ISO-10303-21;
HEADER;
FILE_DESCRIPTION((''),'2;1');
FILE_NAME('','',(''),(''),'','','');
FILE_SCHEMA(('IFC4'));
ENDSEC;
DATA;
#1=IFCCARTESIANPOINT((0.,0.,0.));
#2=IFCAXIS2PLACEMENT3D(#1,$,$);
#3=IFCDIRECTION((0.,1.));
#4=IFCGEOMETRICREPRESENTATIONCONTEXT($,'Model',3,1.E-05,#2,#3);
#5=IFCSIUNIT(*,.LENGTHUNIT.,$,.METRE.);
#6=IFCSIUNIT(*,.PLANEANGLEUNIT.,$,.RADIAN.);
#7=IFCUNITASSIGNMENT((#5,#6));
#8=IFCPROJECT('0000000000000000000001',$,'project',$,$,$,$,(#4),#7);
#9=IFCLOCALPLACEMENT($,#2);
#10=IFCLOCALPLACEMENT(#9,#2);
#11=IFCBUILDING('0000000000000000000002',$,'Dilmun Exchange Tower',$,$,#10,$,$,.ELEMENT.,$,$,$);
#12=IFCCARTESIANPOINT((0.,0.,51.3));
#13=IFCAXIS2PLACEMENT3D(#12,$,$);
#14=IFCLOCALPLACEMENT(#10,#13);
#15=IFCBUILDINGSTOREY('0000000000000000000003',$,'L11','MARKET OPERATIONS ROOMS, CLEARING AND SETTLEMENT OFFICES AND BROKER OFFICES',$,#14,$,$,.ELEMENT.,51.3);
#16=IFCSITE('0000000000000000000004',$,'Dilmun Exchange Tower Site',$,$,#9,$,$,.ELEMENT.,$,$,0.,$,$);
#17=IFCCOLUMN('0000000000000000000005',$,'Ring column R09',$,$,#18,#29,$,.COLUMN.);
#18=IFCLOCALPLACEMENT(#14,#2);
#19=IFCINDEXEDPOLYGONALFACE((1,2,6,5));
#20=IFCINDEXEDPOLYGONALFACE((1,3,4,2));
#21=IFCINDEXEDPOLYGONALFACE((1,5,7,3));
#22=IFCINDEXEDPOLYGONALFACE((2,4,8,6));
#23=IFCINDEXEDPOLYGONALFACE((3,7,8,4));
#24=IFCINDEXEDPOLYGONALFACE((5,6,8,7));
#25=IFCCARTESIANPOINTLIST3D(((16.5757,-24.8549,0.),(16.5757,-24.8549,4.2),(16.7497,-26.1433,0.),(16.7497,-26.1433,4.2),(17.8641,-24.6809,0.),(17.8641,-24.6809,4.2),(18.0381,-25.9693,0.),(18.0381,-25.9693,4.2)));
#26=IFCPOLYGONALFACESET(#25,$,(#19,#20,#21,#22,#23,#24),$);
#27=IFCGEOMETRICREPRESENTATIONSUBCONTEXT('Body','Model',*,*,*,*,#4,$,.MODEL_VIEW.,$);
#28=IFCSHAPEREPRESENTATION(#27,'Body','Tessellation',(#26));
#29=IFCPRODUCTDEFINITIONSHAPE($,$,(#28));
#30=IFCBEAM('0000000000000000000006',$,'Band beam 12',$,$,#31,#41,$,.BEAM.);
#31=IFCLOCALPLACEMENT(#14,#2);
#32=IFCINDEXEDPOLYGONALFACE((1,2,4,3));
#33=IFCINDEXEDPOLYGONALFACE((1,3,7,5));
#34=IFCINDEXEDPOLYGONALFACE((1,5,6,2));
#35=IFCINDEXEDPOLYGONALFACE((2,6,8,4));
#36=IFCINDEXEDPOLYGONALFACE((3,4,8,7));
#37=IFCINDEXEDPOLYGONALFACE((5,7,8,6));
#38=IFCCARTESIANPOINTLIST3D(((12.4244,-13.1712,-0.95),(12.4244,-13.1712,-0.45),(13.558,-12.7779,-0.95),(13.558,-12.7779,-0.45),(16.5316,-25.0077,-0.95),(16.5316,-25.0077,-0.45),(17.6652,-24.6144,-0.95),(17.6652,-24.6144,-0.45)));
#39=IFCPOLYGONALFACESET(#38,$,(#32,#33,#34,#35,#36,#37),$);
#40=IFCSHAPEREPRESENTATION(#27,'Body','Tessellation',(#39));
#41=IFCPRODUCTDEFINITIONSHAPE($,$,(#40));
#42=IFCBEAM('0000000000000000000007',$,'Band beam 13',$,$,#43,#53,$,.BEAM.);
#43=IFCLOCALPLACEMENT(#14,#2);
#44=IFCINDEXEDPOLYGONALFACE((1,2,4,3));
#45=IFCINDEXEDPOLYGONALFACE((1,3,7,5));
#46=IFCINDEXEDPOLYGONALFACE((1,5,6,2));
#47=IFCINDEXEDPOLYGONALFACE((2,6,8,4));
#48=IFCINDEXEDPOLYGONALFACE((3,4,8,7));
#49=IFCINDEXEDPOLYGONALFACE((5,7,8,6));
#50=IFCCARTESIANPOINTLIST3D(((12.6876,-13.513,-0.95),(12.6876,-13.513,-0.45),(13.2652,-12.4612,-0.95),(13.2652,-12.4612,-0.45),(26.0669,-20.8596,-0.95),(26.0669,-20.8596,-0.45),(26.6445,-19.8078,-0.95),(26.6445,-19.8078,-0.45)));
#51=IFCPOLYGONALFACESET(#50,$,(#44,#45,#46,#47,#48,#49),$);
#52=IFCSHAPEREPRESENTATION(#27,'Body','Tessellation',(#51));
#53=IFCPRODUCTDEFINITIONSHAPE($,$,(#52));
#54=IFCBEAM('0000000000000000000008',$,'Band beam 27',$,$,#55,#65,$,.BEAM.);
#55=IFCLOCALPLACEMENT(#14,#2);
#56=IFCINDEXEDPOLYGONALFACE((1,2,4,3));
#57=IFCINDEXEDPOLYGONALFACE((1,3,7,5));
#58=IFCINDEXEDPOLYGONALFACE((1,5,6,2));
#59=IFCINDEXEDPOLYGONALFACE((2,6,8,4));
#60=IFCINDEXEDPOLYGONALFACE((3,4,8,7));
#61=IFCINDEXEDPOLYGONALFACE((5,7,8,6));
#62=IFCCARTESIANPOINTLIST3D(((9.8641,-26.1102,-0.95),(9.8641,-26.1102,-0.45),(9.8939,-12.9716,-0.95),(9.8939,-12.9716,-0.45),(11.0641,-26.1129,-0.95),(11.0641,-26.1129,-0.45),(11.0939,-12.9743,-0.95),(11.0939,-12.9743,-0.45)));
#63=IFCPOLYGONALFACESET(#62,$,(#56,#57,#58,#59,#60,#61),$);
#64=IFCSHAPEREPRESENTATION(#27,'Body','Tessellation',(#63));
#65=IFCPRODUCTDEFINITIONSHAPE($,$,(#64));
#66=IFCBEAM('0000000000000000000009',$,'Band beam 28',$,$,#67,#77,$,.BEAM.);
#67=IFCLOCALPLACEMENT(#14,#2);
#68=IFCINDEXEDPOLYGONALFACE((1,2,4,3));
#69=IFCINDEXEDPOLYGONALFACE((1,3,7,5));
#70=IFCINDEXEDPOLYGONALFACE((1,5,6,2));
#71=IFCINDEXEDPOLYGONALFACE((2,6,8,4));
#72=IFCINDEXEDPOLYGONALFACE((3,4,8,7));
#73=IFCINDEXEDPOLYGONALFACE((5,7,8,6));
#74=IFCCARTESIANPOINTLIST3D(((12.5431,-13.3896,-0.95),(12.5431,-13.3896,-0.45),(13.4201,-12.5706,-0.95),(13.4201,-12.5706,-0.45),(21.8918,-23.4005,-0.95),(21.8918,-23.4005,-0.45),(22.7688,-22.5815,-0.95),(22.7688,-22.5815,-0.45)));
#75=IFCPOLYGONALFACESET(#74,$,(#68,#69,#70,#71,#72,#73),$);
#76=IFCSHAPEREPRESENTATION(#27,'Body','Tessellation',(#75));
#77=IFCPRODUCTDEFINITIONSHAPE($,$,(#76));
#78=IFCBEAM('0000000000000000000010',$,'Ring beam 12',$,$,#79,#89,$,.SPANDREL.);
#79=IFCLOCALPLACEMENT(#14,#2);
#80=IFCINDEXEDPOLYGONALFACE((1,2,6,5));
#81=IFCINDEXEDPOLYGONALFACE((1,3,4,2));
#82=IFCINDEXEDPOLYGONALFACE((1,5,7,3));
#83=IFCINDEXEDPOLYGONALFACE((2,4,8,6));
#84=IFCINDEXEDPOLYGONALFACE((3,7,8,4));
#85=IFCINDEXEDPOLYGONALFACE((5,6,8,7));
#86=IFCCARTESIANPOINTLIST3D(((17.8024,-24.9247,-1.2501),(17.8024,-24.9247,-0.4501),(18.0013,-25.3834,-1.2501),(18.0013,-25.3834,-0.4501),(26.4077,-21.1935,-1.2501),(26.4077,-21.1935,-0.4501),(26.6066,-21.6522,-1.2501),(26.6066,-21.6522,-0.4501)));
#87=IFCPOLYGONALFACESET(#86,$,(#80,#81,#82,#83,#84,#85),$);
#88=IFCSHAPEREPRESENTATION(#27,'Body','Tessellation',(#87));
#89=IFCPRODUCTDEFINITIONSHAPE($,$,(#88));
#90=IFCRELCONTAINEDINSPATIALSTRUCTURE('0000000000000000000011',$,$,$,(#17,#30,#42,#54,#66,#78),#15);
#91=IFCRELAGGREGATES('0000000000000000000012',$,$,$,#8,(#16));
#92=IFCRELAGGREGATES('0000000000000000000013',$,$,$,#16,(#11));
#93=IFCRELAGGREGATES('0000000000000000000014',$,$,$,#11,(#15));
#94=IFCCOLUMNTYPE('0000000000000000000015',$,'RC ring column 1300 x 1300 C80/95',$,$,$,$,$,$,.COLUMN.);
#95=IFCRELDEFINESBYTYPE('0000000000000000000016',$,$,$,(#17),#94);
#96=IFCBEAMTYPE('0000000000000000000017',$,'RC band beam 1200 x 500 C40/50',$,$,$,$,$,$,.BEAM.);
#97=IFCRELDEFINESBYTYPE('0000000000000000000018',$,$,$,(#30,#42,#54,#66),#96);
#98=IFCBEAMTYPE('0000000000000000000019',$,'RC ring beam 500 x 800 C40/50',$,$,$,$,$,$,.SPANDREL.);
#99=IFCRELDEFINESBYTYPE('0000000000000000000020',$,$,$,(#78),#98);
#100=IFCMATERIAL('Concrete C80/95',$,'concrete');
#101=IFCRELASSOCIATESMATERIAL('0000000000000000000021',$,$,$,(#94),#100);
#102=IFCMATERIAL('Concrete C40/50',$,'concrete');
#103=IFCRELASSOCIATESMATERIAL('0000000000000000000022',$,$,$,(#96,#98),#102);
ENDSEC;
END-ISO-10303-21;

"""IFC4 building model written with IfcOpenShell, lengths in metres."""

from ifc_helpers import new_model, si_unit, direction, frame, origin, origin_2d, place, context, subcontext, project, spatial, rectangle, extrude, material, material_profile, profile_set, type_object, element, save


model = new_model("IFC4")

# Units and contexts
model_context = context("Model", 3, precision=1e-05, world=origin(), true_north=direction((0.0, 1.0)))
body_context = subcontext(model_context, "Body", "Model", "MODEL_VIEW")
ifc_project = project(units=[si_unit("LENGTHUNIT", "METRE"), si_unit("PLANEANGLEUNIT", "RADIAN")], contexts=[model_context])

# Site, building, storey
site_placement = place(None, origin())
site = spatial("IfcSite", under=ifc_project, at=site_placement, Name="Dilmun Exchange Tower Site", CompositionType="ELEMENT", RefElevation=0.0)
building_placement = place(site_placement, origin())
building = spatial("IfcBuilding", under=site, at=building_placement, Name="Dilmun Exchange Tower", CompositionType="ELEMENT")
storey_placement = place(building_placement, frame((0.0, 0.0, 51.3)))
storey = spatial("IfcBuildingStorey", under=building, at=storey_placement, Name="L11", Description="MARKET OPERATIONS ROOMS, CLEARING AND SETTLEMENT OFFICES AND BROKER OFFICES", CompositionType="ELEMENT", Elevation=51.3)

# Column
ifc_material_1 = material(Name="Concrete C80/95", Category="concrete")
ifc_material_profile_1 = material_profile(ifc_material_1, rectangle(XDim=1.3, YDim=1.3, at=origin_2d()), Name="1300 x 1300")
ifc_profile_set_1 = profile_set([ifc_material_profile_1], Name="Concrete C80/95")
column_type = type_object("IfcColumnType", Name="RC ring column 1300 x 1300 C80/95", PredefinedType="COLUMN", material=ifc_profile_set_1)
column_placement = place(storey_placement, frame((17.3069, -25.4121, 0.0), z_axis=(0.0, 0.0, 1.0), x_axis=(0.991001, 0.133853, 0.0)))
element("IfcColumn", 1, at=column_placement, inside=storey, type_object=column_type, Name="Ring column R09", PredefinedType="COLUMN", context=body_context, shape_type="SweptSolid", body=[
    extrude(rectangle(XDim=1.3, YDim=1.3, at=origin_2d()), origin(), (0.0, 0.0, 1.0), 4.2),
])

# Beams
ifc_material_2 = material(Name="Concrete C40/50", Category="concrete")
ifc_material_profile_2 = material_profile(ifc_material_2, rectangle(XDim=1.2, YDim=0.5, at=origin_2d()), Name="1200 x 500")
ifc_profile_set_2 = profile_set([ifc_material_profile_2], Name="Concrete C40/50")
beam_type_1 = type_object("IfcBeamType", Name="RC band beam 1200 x 500 C40/50", PredefinedType="BEAM", material=ifc_profile_set_2)
beam_1_placement = place(storey_placement, frame((17.0984, -24.811, -0.7), z_axis=(-0.32782, 0.94474, 0.0), x_axis=(-0.94474, -0.32782, 0.0)))
element("IfcBeam", 2, at=beam_1_placement, inside=storey, type_object=beam_type_1, Name="Band beam 12", PredefinedType="BEAM", context=body_context, shape_type="SweptSolid", body=[
    extrude(rectangle(XDim=1.2, YDim=0.5, at=origin_2d()), origin(), (0.0, 0.0, 1.0), 12.5288),
])
beam_2_placement = place(storey_placement, frame((26.3557, -20.3337, -0.7), z_axis=(-0.876547, 0.481316, 0.0), x_axis=(-0.481316, -0.876547, 0.0)))
element("IfcBeam", 3, at=beam_2_placement, inside=storey, type_object=beam_type_1, Name="Band beam 13", PredefinedType="BEAM", context=body_context, shape_type="SweptSolid", body=[
    extrude(rectangle(XDim=1.2, YDim=0.5, at=origin_2d()), origin(), (0.0, 0.0, 1.0), 15.2637),
])
beam_3_placement = place(storey_placement, frame((10.4641, -26.1116, -0.7), z_axis=(0.002267, 0.999997, 0.0), x_axis=(-0.999997, 0.002267, 0.0)))
element("IfcBeam", 4, at=beam_3_placement, inside=storey, type_object=beam_type_1, Name="Band beam 27", PredefinedType="BEAM", context=body_context, shape_type="SweptSolid", body=[
    extrude(rectangle(XDim=1.2, YDim=0.5, at=origin_2d()), origin(), (0.0, 0.0, 1.0), 13.1387),
])
beam_4_placement = place(storey_placement, frame((22.3303, -22.991, -0.7), z_axis=(-0.682524, 0.730863, 0.0), x_axis=(-0.730863, -0.682524, 0.0)))
element("IfcBeam", 5, at=beam_4_placement, inside=storey, type_object=beam_type_1, Name="Band beam 28", PredefinedType="BEAM", context=body_context, shape_type="SweptSolid", body=[
    extrude(rectangle(XDim=1.2, YDim=0.5, at=origin_2d()), origin(), (0.0, 0.0, 1.0), 13.6973),
])
ifc_material_profile_3 = material_profile(ifc_material_2, rectangle(XDim=0.5, YDim=0.8, at=origin_2d()), Name="500 x 800")
ifc_profile_set_3 = profile_set([ifc_material_profile_3], Name="Concrete C40/50")
beam_type_2 = type_object("IfcBeamType", Name="RC ring beam 500 x 800 C40/50", PredefinedType="SPANDREL", material=ifc_profile_set_3)
beam_5_placement = place(storey_placement, frame((17.9019, -25.1541, -0.8501), z_axis=(0.917467, 0.397811, 0.0), x_axis=(-0.397811, 0.917467, 0.0)))
element("IfcBeam", 6, at=beam_5_placement, inside=storey, type_object=beam_type_2, Name="Ring beam 12", PredefinedType="SPANDREL", context=body_context, shape_type="SweptSolid", body=[
    extrude(rectangle(XDim=0.5, YDim=0.8, at=origin_2d()), origin(), (0.0, 0.0, 1.0), 9.3794),
])

save(model, "model.ifc")
